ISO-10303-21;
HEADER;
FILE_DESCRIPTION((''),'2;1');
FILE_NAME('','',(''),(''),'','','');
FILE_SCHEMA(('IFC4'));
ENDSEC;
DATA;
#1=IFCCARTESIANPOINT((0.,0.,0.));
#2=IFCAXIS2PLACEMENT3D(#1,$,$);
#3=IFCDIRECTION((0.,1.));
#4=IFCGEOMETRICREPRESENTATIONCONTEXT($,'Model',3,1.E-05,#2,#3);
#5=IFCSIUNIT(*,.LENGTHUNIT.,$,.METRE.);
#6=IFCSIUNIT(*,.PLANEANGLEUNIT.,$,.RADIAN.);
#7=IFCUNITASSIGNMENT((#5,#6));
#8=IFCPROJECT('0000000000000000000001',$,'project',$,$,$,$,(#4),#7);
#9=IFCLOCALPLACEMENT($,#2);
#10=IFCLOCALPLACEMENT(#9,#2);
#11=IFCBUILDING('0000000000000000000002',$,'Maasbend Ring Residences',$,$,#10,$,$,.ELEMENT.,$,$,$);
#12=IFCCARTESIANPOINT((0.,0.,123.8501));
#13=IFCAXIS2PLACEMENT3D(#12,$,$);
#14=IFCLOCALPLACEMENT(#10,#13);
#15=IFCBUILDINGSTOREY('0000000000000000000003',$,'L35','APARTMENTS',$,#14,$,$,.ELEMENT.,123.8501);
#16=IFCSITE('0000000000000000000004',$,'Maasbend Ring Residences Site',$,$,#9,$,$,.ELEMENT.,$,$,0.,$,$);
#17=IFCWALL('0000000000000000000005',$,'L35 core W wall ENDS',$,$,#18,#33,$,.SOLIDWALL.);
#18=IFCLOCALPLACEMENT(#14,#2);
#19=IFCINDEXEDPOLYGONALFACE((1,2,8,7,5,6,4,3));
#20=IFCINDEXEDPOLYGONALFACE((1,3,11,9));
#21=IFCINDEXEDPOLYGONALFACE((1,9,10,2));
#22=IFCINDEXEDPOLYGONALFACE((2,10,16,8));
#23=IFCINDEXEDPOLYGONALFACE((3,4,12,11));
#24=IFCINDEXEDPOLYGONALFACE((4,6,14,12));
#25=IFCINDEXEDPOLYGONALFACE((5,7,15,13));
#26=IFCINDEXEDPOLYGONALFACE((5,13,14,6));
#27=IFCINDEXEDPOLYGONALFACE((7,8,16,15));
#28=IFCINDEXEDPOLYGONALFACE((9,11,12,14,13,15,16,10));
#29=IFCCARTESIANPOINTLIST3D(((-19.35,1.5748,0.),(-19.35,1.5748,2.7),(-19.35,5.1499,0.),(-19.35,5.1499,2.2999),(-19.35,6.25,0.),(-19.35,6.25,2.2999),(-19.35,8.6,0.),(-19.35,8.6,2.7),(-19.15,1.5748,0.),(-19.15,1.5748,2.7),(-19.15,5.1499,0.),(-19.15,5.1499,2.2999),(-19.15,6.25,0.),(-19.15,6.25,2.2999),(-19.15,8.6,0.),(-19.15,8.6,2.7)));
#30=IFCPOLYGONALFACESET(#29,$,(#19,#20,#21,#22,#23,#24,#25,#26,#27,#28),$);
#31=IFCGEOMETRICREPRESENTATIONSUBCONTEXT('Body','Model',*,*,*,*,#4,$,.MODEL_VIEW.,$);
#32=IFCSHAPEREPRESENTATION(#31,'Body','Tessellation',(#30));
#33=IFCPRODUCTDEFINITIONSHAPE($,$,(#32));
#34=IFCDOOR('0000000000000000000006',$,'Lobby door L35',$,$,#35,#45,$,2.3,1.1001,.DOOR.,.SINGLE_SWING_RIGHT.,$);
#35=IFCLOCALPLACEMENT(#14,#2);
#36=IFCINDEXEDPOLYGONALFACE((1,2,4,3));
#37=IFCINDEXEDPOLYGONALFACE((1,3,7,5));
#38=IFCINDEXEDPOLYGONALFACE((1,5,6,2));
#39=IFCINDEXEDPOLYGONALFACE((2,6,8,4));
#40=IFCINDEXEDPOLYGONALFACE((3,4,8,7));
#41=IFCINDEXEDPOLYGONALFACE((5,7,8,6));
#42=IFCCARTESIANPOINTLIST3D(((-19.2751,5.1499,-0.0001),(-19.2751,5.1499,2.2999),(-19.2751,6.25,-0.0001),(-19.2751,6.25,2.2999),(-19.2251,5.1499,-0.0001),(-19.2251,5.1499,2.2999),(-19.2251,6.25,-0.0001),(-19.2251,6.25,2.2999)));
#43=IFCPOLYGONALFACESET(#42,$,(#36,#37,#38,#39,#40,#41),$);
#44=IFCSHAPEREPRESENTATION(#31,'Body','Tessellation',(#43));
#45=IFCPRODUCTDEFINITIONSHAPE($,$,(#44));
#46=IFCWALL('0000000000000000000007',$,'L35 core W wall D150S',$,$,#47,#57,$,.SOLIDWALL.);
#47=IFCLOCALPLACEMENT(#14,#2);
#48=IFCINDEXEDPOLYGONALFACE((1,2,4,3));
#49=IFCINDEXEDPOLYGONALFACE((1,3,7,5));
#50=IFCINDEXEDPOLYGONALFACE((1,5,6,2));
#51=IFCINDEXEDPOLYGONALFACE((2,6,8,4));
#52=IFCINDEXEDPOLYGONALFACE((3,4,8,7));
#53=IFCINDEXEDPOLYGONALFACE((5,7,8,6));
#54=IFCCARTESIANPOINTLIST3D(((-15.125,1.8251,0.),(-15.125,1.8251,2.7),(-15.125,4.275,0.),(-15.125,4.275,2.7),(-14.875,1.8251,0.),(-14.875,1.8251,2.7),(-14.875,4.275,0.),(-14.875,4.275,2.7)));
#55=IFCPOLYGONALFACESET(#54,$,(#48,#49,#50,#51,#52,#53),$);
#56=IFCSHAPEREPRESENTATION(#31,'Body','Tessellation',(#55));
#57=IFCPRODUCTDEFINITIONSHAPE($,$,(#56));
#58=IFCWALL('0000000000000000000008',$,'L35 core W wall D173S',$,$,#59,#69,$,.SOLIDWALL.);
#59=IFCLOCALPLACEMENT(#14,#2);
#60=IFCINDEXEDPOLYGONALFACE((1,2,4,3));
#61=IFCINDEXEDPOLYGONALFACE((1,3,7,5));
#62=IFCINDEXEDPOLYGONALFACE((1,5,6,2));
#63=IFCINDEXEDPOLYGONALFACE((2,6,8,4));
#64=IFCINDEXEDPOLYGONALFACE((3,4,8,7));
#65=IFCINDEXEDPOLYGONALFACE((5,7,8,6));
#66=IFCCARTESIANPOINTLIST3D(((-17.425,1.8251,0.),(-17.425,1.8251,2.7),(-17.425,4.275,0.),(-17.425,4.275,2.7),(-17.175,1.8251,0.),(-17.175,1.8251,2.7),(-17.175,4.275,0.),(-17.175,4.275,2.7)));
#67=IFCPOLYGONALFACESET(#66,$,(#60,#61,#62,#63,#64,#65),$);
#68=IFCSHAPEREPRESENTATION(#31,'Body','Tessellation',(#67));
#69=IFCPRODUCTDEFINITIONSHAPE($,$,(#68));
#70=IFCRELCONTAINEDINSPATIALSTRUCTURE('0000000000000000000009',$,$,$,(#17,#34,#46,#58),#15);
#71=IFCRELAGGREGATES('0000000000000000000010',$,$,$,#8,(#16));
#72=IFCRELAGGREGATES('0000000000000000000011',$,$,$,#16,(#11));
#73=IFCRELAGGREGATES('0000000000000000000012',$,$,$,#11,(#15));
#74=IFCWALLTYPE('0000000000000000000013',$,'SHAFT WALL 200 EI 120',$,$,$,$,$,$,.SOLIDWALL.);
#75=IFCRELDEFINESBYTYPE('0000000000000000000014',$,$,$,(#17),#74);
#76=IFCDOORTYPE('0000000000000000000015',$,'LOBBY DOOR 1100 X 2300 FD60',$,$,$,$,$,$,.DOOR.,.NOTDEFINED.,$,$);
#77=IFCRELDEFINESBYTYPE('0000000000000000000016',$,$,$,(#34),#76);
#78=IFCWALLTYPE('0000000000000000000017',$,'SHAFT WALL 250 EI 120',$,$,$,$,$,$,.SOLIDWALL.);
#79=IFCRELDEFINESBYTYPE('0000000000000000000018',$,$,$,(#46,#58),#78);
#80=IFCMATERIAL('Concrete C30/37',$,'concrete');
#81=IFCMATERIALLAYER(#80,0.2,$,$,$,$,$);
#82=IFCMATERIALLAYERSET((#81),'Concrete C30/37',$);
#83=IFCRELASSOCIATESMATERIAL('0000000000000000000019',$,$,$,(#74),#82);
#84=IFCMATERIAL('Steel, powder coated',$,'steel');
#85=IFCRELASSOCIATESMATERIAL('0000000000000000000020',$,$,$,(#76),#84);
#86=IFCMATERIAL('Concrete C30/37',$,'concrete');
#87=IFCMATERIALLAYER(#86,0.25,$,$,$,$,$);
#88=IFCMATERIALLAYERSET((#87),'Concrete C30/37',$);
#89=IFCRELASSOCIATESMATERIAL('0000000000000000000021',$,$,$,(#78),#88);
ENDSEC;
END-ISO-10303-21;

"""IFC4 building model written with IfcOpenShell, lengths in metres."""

from ifc_helpers import new_model, si_unit, direction, frame, frame_2d, origin, place, context, subcontext, project, spatial, rectangle, extrude, material, layer, layer_set, type_object, element, fill, save


model = new_model("IFC4")

# Units and contexts
model_context = context("Model", 3, precision=1e-05, world=origin(), true_north=direction((0.0, 1.0)))
body_context = subcontext(model_context, "Body", "Model", "MODEL_VIEW")
ifc_project = project(units=[si_unit("LENGTHUNIT", "METRE"), si_unit("PLANEANGLEUNIT", "RADIAN")], contexts=[model_context])

# Site, building, storey
site_placement = place(None, origin())
site = spatial("IfcSite", under=ifc_project, at=site_placement, Name="Maasbend Ring Residences Site", CompositionType="ELEMENT", RefElevation=0.0)
building_placement = place(site_placement, origin())
building = spatial("IfcBuilding", under=site, at=building_placement, Name="Maasbend Ring Residences", CompositionType="ELEMENT")
storey_placement = place(building_placement, frame((0.0, 0.0, 123.8501)))
storey = spatial("IfcBuildingStorey", under=building, at=storey_placement, Name="L35", Description="APARTMENTS", CompositionType="ELEMENT", Elevation=123.8501)

# Wall, opening, door
ifc_material_1 = material(Name="Concrete C30/37", Category="concrete")
ifc_layer_1 = layer(ifc_material_1, 0.2)
ifc_layer_set_1 = layer_set([ifc_layer_1], Name="Concrete C30/37")
wall_type_1 = type_object("IfcWallType", Name="SHAFT WALL 200 EI 120", PredefinedType="SOLIDWALL", material=ifc_layer_set_1)
wall_1_placement = place(storey_placement, frame((-19.25, 8.6001, 0.0), z_axis=(0.0, 0.0, 1.0), x_axis=(0.0, -1.0, 0.0)))
wall_1 = element("IfcWall", 1, at=wall_1_placement, inside=storey, type_object=wall_type_1, Name="L35 core W wall ENDS", PredefinedType="SOLIDWALL", context=body_context, shape_type="SweptSolid", body=[
    extrude(rectangle(XDim=7.0251, YDim=0.2, at=frame_2d((3.5127, 0.0))), origin(), (0.0, 0.0, 1.0), 2.7),
])
opening_1_placement = place(wall_1_placement, frame((2.3501, 0.0, 0.0)))
opening_1 = element("IfcOpeningElement", 2, at=opening_1_placement, cuts=wall_1, PredefinedType="OPENING", context=body_context, shape_type="SweptSolid", body=[
    extrude(rectangle(XDim=1.1001, YDim=2.3, at=frame_2d((0.55, 1.1499))), frame((0.0, 0.1099, 0.0), z_axis=(0.0, -1.0, 0.0), x_axis=(1.0, 0.0, 0.0)), (0.0, 0.0, 1.0), 0.22),
])
ifc_material_2 = material(Name="Steel, powder coated", Category="steel")
door_type_1 = type_object("IfcDoorType", Name="LOBBY DOOR 1100 X 2300 FD60", OperationType="NOTDEFINED", PredefinedType="DOOR", material=ifc_material_2)
door_1_placement = place(opening_1_placement, origin())
door_1 = element("IfcDoor", 3, at=door_1_placement, inside=storey, type_object=door_type_1, Name="Lobby door L35", OperationType="SINGLE_SWING_RIGHT", OverallHeight=2.3, OverallWidth=1.1001, PredefinedType="DOOR", context=body_context, shape_type="SweptSolid", body=[
    extrude(rectangle(XDim=1.1001, YDim=2.3, at=frame_2d((0.55, 1.1499))), frame((0.0, 0.0249, 0.0), z_axis=(0.0, -1.0, 0.0), x_axis=(1.0, 0.0, 0.0)), (0.0, 0.0, 1.0), 0.05),
])
fill(opening_1, door_1)

# Walls
ifc_material_3 = material(Name="Concrete C30/37", Category="concrete")
ifc_layer_2 = layer(ifc_material_3, 0.25)
ifc_layer_set_2 = layer_set([ifc_layer_2], Name="Concrete C30/37")
wall_type_2 = type_object("IfcWallType", Name="SHAFT WALL 250 EI 120", PredefinedType="SOLIDWALL", material=ifc_layer_set_2)
for number, where, z_axis, x_axis, name in (
    (4, (-15.0, 1.825, 0.0), (0.0, 0.0, 1.0), (0.0, 1.0, 0.0), "L35 core W wall D150S"),
    (5, (-17.3, 1.825, 0.0), (0.0, 0.0, 1.0), (0.0, 1.0, 0.0), "L35 core W wall D173S"),
):
    element("IfcWall", number, at=place(storey_placement, frame(where, z_axis=z_axis, x_axis=x_axis)), inside=storey, type_object=wall_type_2, Name=name, PredefinedType="SOLIDWALL", context=body_context, shape_type="SweptSolid", body=[
        extrude(rectangle(XDim=2.45, YDim=0.25, at=frame_2d((1.2251, 0.0))), origin(), (0.0, 0.0, 1.0), 2.7),
    ])

save(model, "model.ifc")
